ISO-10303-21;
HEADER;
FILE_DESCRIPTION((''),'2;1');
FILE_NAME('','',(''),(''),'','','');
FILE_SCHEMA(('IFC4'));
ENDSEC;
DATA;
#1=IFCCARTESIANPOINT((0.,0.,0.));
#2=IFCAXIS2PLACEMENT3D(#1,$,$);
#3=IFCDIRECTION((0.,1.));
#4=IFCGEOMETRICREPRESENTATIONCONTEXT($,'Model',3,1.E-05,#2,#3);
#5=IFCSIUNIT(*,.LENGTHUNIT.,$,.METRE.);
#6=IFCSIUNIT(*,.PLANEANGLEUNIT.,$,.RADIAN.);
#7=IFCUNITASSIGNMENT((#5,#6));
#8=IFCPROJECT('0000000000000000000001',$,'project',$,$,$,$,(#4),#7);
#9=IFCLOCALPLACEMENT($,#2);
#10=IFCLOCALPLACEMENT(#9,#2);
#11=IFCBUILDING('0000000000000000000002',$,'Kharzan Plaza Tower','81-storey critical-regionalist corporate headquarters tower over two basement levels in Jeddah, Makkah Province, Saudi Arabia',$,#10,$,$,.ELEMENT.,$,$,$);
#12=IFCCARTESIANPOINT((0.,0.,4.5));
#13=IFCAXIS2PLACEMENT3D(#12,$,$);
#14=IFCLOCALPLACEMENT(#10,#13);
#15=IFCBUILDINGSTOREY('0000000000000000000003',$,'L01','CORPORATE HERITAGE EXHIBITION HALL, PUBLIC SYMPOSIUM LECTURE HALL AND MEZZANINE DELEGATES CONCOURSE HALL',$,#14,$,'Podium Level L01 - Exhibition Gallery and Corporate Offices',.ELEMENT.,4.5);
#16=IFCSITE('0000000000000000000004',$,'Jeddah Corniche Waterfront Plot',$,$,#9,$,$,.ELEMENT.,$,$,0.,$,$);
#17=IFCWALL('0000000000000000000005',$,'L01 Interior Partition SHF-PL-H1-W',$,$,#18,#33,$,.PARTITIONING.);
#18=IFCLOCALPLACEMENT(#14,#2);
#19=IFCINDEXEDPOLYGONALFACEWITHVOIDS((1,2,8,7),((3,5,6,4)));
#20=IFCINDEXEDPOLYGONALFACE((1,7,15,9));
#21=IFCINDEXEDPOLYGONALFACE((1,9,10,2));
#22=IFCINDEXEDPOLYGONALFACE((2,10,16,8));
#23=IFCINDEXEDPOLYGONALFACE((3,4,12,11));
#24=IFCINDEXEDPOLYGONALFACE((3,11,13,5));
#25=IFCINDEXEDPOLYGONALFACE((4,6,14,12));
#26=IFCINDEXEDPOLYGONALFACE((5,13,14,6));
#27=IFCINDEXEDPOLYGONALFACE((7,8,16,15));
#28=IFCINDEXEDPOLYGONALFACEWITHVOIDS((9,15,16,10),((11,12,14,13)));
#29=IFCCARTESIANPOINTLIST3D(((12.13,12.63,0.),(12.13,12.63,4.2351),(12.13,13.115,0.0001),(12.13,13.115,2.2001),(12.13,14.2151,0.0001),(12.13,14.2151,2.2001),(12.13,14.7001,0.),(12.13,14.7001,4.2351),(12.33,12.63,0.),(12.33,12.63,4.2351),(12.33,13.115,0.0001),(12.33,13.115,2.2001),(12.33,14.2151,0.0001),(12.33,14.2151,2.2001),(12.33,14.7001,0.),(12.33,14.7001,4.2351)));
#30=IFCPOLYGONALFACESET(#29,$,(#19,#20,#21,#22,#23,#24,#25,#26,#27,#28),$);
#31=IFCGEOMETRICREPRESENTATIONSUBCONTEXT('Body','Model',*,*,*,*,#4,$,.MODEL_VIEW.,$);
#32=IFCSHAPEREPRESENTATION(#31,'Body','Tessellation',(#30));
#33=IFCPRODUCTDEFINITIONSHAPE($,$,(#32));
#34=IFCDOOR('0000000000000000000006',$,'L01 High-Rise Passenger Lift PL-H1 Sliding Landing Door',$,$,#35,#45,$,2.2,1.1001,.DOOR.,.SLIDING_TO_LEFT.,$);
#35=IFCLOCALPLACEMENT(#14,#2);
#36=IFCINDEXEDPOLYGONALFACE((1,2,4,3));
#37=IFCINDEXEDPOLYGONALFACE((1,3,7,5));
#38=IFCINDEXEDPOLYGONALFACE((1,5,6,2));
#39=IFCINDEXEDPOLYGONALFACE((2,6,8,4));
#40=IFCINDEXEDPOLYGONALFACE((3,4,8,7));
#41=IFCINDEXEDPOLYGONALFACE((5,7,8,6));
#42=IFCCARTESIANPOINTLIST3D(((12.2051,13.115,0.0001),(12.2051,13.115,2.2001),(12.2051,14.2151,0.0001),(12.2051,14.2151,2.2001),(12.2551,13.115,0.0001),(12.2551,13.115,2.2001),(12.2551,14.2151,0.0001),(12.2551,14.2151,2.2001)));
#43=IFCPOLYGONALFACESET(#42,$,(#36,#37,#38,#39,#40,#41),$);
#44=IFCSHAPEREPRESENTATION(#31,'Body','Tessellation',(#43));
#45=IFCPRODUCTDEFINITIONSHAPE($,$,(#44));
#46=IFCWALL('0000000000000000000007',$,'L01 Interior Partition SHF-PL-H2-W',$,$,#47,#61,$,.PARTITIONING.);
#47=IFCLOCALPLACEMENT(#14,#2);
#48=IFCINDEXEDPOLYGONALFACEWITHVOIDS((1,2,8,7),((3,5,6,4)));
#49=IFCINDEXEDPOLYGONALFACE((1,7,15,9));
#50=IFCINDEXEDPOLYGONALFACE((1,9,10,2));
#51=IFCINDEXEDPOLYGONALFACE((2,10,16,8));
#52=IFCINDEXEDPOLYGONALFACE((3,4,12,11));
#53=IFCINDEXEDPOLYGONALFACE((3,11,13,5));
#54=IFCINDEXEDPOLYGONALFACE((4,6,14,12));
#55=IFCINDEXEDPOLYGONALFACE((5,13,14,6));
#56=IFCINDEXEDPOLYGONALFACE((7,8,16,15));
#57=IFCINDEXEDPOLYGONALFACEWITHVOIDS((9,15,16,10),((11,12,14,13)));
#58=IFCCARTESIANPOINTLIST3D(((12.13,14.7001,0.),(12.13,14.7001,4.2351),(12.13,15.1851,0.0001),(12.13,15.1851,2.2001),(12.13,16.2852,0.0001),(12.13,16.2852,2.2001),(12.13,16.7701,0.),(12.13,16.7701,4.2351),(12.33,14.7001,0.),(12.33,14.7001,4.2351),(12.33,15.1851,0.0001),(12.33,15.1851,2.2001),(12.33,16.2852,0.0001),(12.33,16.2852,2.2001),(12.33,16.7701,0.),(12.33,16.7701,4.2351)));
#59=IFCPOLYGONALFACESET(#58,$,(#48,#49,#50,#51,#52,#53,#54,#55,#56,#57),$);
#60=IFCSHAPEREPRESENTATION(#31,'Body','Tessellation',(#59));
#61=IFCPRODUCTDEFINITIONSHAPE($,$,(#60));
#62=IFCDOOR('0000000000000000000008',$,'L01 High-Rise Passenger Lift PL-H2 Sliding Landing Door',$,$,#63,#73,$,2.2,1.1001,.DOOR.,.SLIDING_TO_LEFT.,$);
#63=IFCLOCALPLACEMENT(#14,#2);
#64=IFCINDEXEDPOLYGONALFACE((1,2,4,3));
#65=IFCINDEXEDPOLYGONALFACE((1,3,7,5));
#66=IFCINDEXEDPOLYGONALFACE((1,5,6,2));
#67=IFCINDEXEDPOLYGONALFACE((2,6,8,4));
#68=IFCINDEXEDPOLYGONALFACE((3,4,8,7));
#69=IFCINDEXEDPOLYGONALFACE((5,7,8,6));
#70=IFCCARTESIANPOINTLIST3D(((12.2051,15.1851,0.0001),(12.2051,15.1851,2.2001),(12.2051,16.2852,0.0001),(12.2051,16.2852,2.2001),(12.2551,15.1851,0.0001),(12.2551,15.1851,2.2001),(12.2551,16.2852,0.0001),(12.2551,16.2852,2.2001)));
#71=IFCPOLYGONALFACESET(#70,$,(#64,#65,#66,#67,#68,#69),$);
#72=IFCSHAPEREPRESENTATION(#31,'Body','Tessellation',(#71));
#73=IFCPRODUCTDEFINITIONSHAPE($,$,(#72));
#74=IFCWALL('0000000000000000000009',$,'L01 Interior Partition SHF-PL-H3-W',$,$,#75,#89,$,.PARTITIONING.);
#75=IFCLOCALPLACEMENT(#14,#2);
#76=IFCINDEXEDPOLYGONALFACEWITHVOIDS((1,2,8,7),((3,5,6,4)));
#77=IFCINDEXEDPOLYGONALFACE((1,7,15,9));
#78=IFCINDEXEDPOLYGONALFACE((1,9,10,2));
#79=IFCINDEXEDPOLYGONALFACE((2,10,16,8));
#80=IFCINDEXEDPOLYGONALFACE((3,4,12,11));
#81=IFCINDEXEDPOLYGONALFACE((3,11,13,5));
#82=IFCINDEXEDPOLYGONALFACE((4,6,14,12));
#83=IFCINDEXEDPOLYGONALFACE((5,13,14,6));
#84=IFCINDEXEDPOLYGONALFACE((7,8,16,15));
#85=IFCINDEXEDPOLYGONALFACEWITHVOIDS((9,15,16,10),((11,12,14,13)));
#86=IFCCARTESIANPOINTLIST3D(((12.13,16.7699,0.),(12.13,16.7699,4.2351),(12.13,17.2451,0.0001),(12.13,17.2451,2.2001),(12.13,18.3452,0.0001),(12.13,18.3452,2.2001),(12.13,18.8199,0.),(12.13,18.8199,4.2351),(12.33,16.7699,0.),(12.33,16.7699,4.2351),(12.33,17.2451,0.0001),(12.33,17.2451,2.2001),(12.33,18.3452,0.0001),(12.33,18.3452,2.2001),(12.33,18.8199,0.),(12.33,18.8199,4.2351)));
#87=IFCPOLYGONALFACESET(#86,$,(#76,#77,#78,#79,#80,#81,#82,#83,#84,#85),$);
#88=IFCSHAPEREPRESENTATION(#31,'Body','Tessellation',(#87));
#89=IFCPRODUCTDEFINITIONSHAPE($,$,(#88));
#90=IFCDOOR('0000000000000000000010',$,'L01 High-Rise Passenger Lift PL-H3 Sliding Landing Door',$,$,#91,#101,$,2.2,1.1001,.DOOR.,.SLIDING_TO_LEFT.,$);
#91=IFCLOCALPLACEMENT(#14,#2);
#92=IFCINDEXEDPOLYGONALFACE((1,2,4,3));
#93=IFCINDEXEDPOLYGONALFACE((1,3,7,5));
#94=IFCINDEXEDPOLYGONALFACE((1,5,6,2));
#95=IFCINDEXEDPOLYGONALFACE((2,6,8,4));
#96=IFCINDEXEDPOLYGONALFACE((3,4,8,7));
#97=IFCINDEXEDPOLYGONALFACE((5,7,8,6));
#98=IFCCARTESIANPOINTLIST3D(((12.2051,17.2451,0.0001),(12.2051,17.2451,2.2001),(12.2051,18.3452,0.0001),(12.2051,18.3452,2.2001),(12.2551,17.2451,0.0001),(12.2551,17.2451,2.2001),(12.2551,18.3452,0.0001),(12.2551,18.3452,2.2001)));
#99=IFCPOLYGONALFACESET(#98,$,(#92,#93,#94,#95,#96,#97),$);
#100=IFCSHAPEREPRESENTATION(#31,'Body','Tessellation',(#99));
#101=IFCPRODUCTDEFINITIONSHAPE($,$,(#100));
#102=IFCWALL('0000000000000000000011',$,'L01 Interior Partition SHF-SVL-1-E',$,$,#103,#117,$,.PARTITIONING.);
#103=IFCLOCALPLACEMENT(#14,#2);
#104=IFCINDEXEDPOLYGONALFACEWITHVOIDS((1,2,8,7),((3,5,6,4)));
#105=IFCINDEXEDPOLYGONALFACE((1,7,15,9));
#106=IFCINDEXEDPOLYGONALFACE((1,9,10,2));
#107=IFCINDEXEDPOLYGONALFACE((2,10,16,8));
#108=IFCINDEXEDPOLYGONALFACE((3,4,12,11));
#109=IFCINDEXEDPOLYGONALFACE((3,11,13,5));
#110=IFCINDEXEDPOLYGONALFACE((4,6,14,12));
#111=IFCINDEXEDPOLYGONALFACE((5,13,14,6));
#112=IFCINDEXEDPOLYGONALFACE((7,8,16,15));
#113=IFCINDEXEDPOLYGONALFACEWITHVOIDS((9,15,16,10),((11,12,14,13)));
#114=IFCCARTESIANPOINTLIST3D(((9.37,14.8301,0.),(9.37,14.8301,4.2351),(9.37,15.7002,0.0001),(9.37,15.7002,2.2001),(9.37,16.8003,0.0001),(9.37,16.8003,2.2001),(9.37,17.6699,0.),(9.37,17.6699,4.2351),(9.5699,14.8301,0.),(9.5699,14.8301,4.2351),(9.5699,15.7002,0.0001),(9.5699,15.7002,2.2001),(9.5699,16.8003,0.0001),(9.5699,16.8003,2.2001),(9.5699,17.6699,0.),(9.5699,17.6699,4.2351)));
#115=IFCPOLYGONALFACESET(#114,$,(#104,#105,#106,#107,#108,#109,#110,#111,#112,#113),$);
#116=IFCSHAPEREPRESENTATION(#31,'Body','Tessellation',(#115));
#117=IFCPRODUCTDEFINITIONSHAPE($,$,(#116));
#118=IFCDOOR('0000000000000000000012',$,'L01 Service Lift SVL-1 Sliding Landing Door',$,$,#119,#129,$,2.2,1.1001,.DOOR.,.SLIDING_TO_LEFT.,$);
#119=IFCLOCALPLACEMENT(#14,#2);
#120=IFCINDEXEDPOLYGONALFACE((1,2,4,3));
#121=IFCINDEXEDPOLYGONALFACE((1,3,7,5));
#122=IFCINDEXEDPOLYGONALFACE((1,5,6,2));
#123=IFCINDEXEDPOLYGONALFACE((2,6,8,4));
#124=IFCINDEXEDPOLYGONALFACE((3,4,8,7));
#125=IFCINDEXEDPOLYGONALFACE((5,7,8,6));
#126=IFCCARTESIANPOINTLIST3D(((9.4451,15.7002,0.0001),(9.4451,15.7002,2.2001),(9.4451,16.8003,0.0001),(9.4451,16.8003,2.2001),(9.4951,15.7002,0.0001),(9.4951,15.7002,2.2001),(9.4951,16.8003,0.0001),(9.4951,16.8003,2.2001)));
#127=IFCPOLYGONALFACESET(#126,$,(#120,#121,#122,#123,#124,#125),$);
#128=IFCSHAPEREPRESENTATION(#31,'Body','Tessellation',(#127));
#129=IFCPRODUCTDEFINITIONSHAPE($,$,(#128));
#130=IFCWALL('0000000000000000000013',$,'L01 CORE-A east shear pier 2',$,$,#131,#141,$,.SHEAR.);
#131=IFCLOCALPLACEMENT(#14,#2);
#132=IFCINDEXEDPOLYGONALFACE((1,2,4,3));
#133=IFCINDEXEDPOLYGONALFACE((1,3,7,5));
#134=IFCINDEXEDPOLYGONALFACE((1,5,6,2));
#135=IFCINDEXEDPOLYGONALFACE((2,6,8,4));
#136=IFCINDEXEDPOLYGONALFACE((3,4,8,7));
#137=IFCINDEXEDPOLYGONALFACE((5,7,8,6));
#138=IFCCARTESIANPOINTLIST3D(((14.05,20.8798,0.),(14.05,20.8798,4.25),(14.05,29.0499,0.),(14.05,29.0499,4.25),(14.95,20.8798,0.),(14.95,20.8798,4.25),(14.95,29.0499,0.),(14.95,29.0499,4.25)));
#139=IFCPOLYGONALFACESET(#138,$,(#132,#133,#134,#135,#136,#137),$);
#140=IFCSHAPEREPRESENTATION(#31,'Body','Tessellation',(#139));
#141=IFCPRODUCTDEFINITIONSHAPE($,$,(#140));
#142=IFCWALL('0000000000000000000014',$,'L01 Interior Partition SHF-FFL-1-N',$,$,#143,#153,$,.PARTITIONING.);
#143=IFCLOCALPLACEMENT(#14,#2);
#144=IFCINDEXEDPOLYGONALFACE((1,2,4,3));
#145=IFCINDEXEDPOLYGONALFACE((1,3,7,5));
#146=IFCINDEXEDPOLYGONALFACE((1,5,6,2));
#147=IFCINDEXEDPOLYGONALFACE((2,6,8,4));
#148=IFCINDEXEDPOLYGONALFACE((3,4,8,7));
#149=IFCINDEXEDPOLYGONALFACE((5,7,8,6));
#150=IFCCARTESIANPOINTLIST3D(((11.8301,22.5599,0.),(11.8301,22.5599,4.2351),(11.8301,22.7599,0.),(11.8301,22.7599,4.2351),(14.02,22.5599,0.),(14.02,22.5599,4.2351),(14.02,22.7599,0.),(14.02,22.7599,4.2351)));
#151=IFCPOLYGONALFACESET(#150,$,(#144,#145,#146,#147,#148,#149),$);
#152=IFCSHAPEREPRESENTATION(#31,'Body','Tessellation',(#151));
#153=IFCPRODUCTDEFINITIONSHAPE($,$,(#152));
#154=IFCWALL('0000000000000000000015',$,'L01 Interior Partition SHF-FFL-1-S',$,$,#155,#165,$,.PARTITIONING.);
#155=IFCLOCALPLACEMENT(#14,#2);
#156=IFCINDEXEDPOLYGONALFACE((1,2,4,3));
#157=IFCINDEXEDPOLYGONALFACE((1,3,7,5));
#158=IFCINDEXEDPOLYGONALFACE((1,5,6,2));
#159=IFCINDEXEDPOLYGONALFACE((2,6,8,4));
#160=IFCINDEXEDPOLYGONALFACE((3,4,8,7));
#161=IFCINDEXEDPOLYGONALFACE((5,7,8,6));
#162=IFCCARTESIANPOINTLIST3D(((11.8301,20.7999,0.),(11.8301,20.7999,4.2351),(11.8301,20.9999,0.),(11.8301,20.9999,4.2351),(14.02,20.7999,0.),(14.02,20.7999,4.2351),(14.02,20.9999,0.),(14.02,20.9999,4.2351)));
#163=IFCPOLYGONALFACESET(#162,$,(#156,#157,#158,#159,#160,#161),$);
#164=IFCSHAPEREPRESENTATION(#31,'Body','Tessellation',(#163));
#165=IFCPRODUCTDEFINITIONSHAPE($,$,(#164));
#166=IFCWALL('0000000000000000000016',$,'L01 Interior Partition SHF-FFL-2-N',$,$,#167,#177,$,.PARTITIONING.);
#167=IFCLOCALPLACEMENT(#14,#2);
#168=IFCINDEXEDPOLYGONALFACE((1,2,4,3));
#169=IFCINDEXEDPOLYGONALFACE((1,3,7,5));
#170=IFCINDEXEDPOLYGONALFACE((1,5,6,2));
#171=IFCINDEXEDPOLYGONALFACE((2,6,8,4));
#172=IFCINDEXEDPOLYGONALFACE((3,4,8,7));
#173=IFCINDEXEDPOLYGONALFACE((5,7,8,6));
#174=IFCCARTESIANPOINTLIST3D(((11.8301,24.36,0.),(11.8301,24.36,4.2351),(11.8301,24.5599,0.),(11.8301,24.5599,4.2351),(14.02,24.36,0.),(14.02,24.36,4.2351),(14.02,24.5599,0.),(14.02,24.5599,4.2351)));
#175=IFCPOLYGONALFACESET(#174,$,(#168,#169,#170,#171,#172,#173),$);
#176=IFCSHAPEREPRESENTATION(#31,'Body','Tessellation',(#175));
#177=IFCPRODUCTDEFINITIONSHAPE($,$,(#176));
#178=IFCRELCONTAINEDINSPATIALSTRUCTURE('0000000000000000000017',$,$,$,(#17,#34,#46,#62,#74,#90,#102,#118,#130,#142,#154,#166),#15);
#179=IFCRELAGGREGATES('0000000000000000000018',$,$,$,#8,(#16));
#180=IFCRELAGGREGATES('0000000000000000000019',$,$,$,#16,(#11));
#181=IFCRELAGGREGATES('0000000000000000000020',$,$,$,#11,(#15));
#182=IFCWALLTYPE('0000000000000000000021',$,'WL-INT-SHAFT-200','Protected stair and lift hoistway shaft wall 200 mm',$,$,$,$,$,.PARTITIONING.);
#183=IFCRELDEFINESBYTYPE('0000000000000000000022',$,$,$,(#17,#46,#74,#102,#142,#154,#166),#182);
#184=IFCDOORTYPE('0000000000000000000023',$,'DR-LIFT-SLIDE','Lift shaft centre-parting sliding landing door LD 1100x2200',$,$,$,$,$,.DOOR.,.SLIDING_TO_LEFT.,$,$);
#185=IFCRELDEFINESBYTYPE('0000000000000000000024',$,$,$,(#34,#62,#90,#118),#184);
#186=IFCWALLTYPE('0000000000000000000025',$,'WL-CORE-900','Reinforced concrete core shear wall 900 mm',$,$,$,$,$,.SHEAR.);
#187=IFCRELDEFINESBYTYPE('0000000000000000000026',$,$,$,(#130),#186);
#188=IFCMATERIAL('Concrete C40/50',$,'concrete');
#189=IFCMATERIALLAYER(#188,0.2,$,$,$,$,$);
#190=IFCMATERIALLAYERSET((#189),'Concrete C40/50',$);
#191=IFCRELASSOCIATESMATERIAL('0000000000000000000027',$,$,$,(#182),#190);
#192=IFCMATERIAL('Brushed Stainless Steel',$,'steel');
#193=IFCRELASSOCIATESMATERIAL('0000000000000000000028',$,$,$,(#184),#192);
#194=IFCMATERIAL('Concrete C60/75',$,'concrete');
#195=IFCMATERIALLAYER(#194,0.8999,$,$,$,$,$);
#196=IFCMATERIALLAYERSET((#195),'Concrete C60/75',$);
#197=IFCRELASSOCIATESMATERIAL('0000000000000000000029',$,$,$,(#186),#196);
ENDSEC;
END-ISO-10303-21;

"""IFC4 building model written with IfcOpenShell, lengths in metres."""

from ifc_helpers import new_model, si_unit, direction, frame, frame_2d, origin, place, context, subcontext, project, spatial, rectangle, extrude, source, transform, mapped, material, layer, layer_set, type_object, element, fill, save


model = new_model("IFC4")

# Units and contexts
model_context = context("Model", 3, precision=1e-05, world=origin(), true_north=direction((0.0, 1.0)))
body_context = subcontext(model_context, "Body", "Model", "MODEL_VIEW")
ifc_project = project(units=[si_unit("LENGTHUNIT", "METRE"), si_unit("PLANEANGLEUNIT", "RADIAN")], contexts=[model_context])

# Site, building, storey
site_placement = place(None, origin())
site = spatial("IfcSite", under=ifc_project, at=site_placement, Name="Jeddah Corniche Waterfront Plot", CompositionType="ELEMENT", RefElevation=0.0)
building_placement = place(site_placement, origin())
building = spatial("IfcBuilding", under=site, at=building_placement, Name="Kharzan Plaza Tower", Description="81-storey critical-regionalist corporate headquarters tower over two basement levels in Jeddah, Makkah Province, Saudi Arabia", CompositionType="ELEMENT")
storey_placement = place(building_placement, frame((0.0, 0.0, 4.5)))
storey = spatial("IfcBuildingStorey", under=building, at=storey_placement, Name="L01", Description="CORPORATE HERITAGE EXHIBITION HALL, PUBLIC SYMPOSIUM LECTURE HALL AND MEZZANINE DELEGATES CONCOURSE HALL", LongName="Podium Level L01 - Exhibition Gallery and Corporate Offices", CompositionType="ELEMENT", Elevation=4.5)

# Shared definitions
ifc_material_1 = material(Name="Concrete C60/75", Category="concrete")

# Walls, openings, doors
ifc_material_2 = material(Name="Concrete C40/50", Category="concrete")
ifc_layer_1 = layer(ifc_material_2, 0.2)
ifc_layer_set_1 = layer_set([ifc_layer_1], Name="Concrete C40/50")
wall_type_1 = type_object("IfcWallType", Name="WL-INT-SHAFT-200", Description="Protected stair and lift hoistway shaft wall 200 mm", PredefinedType="PARTITIONING", material=ifc_layer_set_1)
ifc_material_3 = material(Name="Brushed Stainless Steel", Category="steel")
door_type = type_object("IfcDoorType", Name="DR-LIFT-SLIDE", Description="Lift shaft centre-parting sliding landing door LD 1100x2200", OperationType="SLIDING_TO_LEFT", PredefinedType="DOOR", material=ifc_material_3)
shared_shape_1 = source(origin(), body_context, "Body", "SweptSolid", [
    extrude(rectangle(XDim=1.1001, YDim=2.2, at=frame_2d((0.55, 1.1001))), frame((0.0, 0.0249, 0.0), z_axis=(0.0, -1.0, 0.0), x_axis=(1.0, 0.0, 0.0)), (0.0, 0.0, 1.0), 0.05),
])
wall_1_placement = place(storey_placement, frame((12.23, 12.6299, 0.0), z_axis=(0.0, 0.0, 1.0), x_axis=(0.0, 1.0, 0.0)))
wall_1 = element("IfcWall", 1, at=wall_1_placement, inside=storey, type_object=wall_type_1, Name="L01 Interior Partition SHF-PL-H1-W", PredefinedType="PARTITIONING", context=body_context, shape_type="SweptSolid", body=[
    extrude(rectangle(XDim=2.0701, YDim=0.2, at=frame_2d((1.0352, 0.0))), origin(), (0.0, 0.0, 1.0), 4.2351),
])
opening_1_placement = place(wall_1_placement, frame((0.4851, 0.0, 0.0)))
opening_1 = element("IfcOpeningElement", 2, at=opening_1_placement, cuts=wall_1, PredefinedType="OPENING", context=body_context, shape_type="SweptSolid", body=[
    extrude(rectangle(XDim=1.1001, YDim=2.2, at=frame_2d((0.55, 1.1001))), frame((0.0, 0.1099, 0.0), z_axis=(0.0, -1.0, 0.0), x_axis=(1.0, 0.0, 0.0)), (0.0, 0.0, 1.0), 0.22),
])
door_1_placement = place(opening_1_placement, origin())
door_1 = element("IfcDoor", 3, at=door_1_placement, inside=storey, type_object=door_type, Name="L01 High-Rise Passenger Lift PL-H1 Sliding Landing Door", OperationType="SLIDING_TO_LEFT", OverallHeight=2.2, OverallWidth=1.1001, PredefinedType="DOOR", context=body_context, shape_type="MappedRepresentation", body=[
    mapped(shared_shape_1, transform((0.0, 0.0, 0.0), x_axis=(1.0, 0.0, 0.0), y_axis=(0.0, 1.0, 0.0), z_axis=(0.0, 0.0, 1.0))),
])
fill(opening_1, door_1)
wall_2_placement = place(storey_placement, frame((12.23, 14.7, 0.0), z_axis=(0.0, 0.0, 1.0), x_axis=(0.0, 1.0, 0.0)))
wall_2 = element("IfcWall", 4, at=wall_2_placement, inside=storey, type_object=wall_type_1, Name="L01 Interior Partition SHF-PL-H2-W", PredefinedType="PARTITIONING", context=body_context, shape_type="SweptSolid", body=[
    extrude(rectangle(XDim=2.0701, YDim=0.2, at=frame_2d((1.0352, 0.0))), origin(), (0.0, 0.0, 1.0), 4.2351),
])
opening_2_placement = place(wall_2_placement, frame((0.4851, 0.0, 0.0)))
opening_2 = element("IfcOpeningElement", 5, at=opening_2_placement, cuts=wall_2, PredefinedType="OPENING", context=body_context, shape_type="SweptSolid", body=[
    extrude(rectangle(XDim=1.1001, YDim=2.2, at=frame_2d((0.55, 1.1001))), frame((0.0, 0.1099, 0.0), z_axis=(0.0, -1.0, 0.0), x_axis=(1.0, 0.0, 0.0)), (0.0, 0.0, 1.0), 0.22),
])
door_2_placement = place(opening_2_placement, origin())
door_2 = element("IfcDoor", 6, at=door_2_placement, inside=storey, type_object=door_type, Name="L01 High-Rise Passenger Lift PL-H2 Sliding Landing Door", OperationType="SLIDING_TO_LEFT", OverallHeight=2.2, OverallWidth=1.1001, PredefinedType="DOOR", context=body_context, shape_type="MappedRepresentation", body=[
    mapped(shared_shape_1, transform((0.0, 0.0, 0.0), x_axis=(1.0, 0.0, 0.0), y_axis=(0.0, 1.0, 0.0), z_axis=(0.0, 0.0, 1.0))),
])
fill(opening_2, door_2)
wall_3_placement = place(storey_placement, frame((12.23, 16.77, 0.0), z_axis=(0.0, 0.0, 1.0), x_axis=(0.0, 1.0, 0.0)))
wall_3 = element("IfcWall", 7, at=wall_3_placement, inside=storey, type_object=wall_type_1, Name="L01 Interior Partition SHF-PL-H3-W", PredefinedType="PARTITIONING", context=body_context, shape_type="SweptSolid", body=[
    extrude(rectangle(XDim=2.05, YDim=0.2, at=frame_2d((1.0249, 0.0))), origin(), (0.0, 0.0, 1.0), 4.2351),
])
opening_3_placement = place(wall_3_placement, frame((0.4751, 0.0, 0.0)))
opening_3 = element("IfcOpeningElement", 8, at=opening_3_placement, cuts=wall_3, PredefinedType="OPENING", context=body_context, shape_type="SweptSolid", body=[
    extrude(rectangle(XDim=1.1001, YDim=2.2, at=frame_2d((0.55, 1.1001))), frame((0.0, 0.1099, 0.0), z_axis=(0.0, -1.0, 0.0), x_axis=(1.0, 0.0, 0.0)), (0.0, 0.0, 1.0), 0.22),
])
door_3_placement = place(opening_3_placement, origin())
door_3 = element("IfcDoor", 9, at=door_3_placement, inside=storey, type_object=door_type, Name="L01 High-Rise Passenger Lift PL-H3 Sliding Landing Door", OperationType="SLIDING_TO_LEFT", OverallHeight=2.2, OverallWidth=1.1001, PredefinedType="DOOR", context=body_context, shape_type="MappedRepresentation", body=[
    mapped(shared_shape_1, transform((0.0, 0.0, 0.0), x_axis=(1.0, 0.0, 0.0), y_axis=(0.0, 1.0, 0.0), z_axis=(0.0, 0.0, 1.0))),
])
fill(opening_3, door_3)
wall_4_placement = place(storey_placement, frame((9.47, 14.8301, 0.0), z_axis=(0.0, 0.0, 1.0), x_axis=(0.0, 1.0, 0.0)))
wall_4 = element("IfcWall", 10, at=wall_4_placement, inside=storey, type_object=wall_type_1, Name="L01 Interior Partition SHF-SVL-1-E", PredefinedType="PARTITIONING", context=body_context, shape_type="SweptSolid", body=[
    extrude(rectangle(XDim=2.8398, YDim=0.2, at=frame_2d((1.4199, 0.0))), origin(), (0.0, 0.0, 1.0), 4.2351),
])
opening_4_placement = place(wall_4_placement, frame((0.8701, 0.0, 0.0)))
opening_4 = element("IfcOpeningElement", 11, at=opening_4_placement, cuts=wall_4, PredefinedType="OPENING", context=body_context, shape_type="SweptSolid", body=[
    extrude(rectangle(XDim=1.1001, YDim=2.2, at=frame_2d((0.55, 1.1001))), frame((0.0, 0.1099, 0.0), z_axis=(0.0, -1.0, 0.0), x_axis=(1.0, 0.0, 0.0)), (0.0, 0.0, 1.0), 0.22),
])
door_4_placement = place(opening_4_placement, origin())
door_4 = element("IfcDoor", 12, at=door_4_placement, inside=storey, type_object=door_type, Name="L01 Service Lift SVL-1 Sliding Landing Door", OperationType="SLIDING_TO_LEFT", OverallHeight=2.2, OverallWidth=1.1001, PredefinedType="DOOR", context=body_context, shape_type="MappedRepresentation", body=[
    mapped(shared_shape_1, transform((0.0, 0.0, 0.0), x_axis=(1.0, 0.0, 0.0), y_axis=(0.0, 1.0, 0.0), z_axis=(0.0, 0.0, 1.0))),
])
fill(opening_4, door_4)

# Walls
ifc_layer_2 = layer(ifc_material_1, 0.8999)
ifc_layer_set_2 = layer_set([ifc_layer_2], Name="Concrete C60/75")
wall_type_2 = type_object("IfcWallType", Name="WL-CORE-900", Description="Reinforced concrete core shear wall 900 mm", PredefinedType="SHEAR", material=ifc_layer_set_2)
shared_shape_2 = source(origin(), body_context, "Body", "SweptSolid", [
    extrude(rectangle(XDim=8.1702, YDim=0.8999, at=frame_2d((4.085, 0.0))), origin(), (0.0, 0.0, 1.0), 4.25),
])
wall_5_placement = place(storey_placement, frame((14.5, 20.8799, 0.0), z_axis=(0.0, 0.0, 1.0), x_axis=(0.0, 1.0, 0.0)))
element("IfcWall", 13, at=wall_5_placement, inside=storey, type_object=wall_type_2, Name="L01 CORE-A east shear pier 2", PredefinedType="SHEAR", context=body_context, shape_type="MappedRepresentation", body=[
    mapped(shared_shape_2, transform((0.0, 0.0, 0.0), x_axis=(1.0, 0.0, 0.0), y_axis=(0.0, 1.0, 0.0), z_axis=(0.0, 0.0, 1.0))),
])
shared_shape_3 = source(origin(), body_context, "Body", "SweptSolid", [
    extrude(rectangle(XDim=2.1899, YDim=0.2, at=frame_2d((1.095, 0.0))), origin(), (0.0, 0.0, 1.0), 4.2351),
])
for number, where, z_axis, x_axis, name in (
    (14, (11.8301, 22.6599, 0.0), (0.0, 0.0, 1.0), (1.0, 0.0, 0.0), "L01 Interior Partition SHF-FFL-1-N"),
    (15, (11.8301, 20.8999, 0.0), (0.0, 0.0, 1.0), (1.0, 0.0, 0.0), "L01 Interior Partition SHF-FFL-1-S"),
    (16, (11.8301, 24.46, 0.0), (0.0, 0.0, 1.0), (1.0, 0.0, 0.0), "L01 Interior Partition SHF-FFL-2-N"),
):
    element("IfcWall", number, at=place(storey_placement, frame(where, z_axis=z_axis, x_axis=x_axis)), inside=storey, type_object=wall_type_1, Name=name, PredefinedType="PARTITIONING", context=body_context, shape_type="MappedRepresentation", body=[
        mapped(shared_shape_3, transform((0.0, 0.0, 0.0), x_axis=(1.0, 0.0, 0.0), y_axis=(0.0, 1.0, 0.0), z_axis=(0.0, 0.0, 1.0))),
    ])

save(model, "model.ifc")
